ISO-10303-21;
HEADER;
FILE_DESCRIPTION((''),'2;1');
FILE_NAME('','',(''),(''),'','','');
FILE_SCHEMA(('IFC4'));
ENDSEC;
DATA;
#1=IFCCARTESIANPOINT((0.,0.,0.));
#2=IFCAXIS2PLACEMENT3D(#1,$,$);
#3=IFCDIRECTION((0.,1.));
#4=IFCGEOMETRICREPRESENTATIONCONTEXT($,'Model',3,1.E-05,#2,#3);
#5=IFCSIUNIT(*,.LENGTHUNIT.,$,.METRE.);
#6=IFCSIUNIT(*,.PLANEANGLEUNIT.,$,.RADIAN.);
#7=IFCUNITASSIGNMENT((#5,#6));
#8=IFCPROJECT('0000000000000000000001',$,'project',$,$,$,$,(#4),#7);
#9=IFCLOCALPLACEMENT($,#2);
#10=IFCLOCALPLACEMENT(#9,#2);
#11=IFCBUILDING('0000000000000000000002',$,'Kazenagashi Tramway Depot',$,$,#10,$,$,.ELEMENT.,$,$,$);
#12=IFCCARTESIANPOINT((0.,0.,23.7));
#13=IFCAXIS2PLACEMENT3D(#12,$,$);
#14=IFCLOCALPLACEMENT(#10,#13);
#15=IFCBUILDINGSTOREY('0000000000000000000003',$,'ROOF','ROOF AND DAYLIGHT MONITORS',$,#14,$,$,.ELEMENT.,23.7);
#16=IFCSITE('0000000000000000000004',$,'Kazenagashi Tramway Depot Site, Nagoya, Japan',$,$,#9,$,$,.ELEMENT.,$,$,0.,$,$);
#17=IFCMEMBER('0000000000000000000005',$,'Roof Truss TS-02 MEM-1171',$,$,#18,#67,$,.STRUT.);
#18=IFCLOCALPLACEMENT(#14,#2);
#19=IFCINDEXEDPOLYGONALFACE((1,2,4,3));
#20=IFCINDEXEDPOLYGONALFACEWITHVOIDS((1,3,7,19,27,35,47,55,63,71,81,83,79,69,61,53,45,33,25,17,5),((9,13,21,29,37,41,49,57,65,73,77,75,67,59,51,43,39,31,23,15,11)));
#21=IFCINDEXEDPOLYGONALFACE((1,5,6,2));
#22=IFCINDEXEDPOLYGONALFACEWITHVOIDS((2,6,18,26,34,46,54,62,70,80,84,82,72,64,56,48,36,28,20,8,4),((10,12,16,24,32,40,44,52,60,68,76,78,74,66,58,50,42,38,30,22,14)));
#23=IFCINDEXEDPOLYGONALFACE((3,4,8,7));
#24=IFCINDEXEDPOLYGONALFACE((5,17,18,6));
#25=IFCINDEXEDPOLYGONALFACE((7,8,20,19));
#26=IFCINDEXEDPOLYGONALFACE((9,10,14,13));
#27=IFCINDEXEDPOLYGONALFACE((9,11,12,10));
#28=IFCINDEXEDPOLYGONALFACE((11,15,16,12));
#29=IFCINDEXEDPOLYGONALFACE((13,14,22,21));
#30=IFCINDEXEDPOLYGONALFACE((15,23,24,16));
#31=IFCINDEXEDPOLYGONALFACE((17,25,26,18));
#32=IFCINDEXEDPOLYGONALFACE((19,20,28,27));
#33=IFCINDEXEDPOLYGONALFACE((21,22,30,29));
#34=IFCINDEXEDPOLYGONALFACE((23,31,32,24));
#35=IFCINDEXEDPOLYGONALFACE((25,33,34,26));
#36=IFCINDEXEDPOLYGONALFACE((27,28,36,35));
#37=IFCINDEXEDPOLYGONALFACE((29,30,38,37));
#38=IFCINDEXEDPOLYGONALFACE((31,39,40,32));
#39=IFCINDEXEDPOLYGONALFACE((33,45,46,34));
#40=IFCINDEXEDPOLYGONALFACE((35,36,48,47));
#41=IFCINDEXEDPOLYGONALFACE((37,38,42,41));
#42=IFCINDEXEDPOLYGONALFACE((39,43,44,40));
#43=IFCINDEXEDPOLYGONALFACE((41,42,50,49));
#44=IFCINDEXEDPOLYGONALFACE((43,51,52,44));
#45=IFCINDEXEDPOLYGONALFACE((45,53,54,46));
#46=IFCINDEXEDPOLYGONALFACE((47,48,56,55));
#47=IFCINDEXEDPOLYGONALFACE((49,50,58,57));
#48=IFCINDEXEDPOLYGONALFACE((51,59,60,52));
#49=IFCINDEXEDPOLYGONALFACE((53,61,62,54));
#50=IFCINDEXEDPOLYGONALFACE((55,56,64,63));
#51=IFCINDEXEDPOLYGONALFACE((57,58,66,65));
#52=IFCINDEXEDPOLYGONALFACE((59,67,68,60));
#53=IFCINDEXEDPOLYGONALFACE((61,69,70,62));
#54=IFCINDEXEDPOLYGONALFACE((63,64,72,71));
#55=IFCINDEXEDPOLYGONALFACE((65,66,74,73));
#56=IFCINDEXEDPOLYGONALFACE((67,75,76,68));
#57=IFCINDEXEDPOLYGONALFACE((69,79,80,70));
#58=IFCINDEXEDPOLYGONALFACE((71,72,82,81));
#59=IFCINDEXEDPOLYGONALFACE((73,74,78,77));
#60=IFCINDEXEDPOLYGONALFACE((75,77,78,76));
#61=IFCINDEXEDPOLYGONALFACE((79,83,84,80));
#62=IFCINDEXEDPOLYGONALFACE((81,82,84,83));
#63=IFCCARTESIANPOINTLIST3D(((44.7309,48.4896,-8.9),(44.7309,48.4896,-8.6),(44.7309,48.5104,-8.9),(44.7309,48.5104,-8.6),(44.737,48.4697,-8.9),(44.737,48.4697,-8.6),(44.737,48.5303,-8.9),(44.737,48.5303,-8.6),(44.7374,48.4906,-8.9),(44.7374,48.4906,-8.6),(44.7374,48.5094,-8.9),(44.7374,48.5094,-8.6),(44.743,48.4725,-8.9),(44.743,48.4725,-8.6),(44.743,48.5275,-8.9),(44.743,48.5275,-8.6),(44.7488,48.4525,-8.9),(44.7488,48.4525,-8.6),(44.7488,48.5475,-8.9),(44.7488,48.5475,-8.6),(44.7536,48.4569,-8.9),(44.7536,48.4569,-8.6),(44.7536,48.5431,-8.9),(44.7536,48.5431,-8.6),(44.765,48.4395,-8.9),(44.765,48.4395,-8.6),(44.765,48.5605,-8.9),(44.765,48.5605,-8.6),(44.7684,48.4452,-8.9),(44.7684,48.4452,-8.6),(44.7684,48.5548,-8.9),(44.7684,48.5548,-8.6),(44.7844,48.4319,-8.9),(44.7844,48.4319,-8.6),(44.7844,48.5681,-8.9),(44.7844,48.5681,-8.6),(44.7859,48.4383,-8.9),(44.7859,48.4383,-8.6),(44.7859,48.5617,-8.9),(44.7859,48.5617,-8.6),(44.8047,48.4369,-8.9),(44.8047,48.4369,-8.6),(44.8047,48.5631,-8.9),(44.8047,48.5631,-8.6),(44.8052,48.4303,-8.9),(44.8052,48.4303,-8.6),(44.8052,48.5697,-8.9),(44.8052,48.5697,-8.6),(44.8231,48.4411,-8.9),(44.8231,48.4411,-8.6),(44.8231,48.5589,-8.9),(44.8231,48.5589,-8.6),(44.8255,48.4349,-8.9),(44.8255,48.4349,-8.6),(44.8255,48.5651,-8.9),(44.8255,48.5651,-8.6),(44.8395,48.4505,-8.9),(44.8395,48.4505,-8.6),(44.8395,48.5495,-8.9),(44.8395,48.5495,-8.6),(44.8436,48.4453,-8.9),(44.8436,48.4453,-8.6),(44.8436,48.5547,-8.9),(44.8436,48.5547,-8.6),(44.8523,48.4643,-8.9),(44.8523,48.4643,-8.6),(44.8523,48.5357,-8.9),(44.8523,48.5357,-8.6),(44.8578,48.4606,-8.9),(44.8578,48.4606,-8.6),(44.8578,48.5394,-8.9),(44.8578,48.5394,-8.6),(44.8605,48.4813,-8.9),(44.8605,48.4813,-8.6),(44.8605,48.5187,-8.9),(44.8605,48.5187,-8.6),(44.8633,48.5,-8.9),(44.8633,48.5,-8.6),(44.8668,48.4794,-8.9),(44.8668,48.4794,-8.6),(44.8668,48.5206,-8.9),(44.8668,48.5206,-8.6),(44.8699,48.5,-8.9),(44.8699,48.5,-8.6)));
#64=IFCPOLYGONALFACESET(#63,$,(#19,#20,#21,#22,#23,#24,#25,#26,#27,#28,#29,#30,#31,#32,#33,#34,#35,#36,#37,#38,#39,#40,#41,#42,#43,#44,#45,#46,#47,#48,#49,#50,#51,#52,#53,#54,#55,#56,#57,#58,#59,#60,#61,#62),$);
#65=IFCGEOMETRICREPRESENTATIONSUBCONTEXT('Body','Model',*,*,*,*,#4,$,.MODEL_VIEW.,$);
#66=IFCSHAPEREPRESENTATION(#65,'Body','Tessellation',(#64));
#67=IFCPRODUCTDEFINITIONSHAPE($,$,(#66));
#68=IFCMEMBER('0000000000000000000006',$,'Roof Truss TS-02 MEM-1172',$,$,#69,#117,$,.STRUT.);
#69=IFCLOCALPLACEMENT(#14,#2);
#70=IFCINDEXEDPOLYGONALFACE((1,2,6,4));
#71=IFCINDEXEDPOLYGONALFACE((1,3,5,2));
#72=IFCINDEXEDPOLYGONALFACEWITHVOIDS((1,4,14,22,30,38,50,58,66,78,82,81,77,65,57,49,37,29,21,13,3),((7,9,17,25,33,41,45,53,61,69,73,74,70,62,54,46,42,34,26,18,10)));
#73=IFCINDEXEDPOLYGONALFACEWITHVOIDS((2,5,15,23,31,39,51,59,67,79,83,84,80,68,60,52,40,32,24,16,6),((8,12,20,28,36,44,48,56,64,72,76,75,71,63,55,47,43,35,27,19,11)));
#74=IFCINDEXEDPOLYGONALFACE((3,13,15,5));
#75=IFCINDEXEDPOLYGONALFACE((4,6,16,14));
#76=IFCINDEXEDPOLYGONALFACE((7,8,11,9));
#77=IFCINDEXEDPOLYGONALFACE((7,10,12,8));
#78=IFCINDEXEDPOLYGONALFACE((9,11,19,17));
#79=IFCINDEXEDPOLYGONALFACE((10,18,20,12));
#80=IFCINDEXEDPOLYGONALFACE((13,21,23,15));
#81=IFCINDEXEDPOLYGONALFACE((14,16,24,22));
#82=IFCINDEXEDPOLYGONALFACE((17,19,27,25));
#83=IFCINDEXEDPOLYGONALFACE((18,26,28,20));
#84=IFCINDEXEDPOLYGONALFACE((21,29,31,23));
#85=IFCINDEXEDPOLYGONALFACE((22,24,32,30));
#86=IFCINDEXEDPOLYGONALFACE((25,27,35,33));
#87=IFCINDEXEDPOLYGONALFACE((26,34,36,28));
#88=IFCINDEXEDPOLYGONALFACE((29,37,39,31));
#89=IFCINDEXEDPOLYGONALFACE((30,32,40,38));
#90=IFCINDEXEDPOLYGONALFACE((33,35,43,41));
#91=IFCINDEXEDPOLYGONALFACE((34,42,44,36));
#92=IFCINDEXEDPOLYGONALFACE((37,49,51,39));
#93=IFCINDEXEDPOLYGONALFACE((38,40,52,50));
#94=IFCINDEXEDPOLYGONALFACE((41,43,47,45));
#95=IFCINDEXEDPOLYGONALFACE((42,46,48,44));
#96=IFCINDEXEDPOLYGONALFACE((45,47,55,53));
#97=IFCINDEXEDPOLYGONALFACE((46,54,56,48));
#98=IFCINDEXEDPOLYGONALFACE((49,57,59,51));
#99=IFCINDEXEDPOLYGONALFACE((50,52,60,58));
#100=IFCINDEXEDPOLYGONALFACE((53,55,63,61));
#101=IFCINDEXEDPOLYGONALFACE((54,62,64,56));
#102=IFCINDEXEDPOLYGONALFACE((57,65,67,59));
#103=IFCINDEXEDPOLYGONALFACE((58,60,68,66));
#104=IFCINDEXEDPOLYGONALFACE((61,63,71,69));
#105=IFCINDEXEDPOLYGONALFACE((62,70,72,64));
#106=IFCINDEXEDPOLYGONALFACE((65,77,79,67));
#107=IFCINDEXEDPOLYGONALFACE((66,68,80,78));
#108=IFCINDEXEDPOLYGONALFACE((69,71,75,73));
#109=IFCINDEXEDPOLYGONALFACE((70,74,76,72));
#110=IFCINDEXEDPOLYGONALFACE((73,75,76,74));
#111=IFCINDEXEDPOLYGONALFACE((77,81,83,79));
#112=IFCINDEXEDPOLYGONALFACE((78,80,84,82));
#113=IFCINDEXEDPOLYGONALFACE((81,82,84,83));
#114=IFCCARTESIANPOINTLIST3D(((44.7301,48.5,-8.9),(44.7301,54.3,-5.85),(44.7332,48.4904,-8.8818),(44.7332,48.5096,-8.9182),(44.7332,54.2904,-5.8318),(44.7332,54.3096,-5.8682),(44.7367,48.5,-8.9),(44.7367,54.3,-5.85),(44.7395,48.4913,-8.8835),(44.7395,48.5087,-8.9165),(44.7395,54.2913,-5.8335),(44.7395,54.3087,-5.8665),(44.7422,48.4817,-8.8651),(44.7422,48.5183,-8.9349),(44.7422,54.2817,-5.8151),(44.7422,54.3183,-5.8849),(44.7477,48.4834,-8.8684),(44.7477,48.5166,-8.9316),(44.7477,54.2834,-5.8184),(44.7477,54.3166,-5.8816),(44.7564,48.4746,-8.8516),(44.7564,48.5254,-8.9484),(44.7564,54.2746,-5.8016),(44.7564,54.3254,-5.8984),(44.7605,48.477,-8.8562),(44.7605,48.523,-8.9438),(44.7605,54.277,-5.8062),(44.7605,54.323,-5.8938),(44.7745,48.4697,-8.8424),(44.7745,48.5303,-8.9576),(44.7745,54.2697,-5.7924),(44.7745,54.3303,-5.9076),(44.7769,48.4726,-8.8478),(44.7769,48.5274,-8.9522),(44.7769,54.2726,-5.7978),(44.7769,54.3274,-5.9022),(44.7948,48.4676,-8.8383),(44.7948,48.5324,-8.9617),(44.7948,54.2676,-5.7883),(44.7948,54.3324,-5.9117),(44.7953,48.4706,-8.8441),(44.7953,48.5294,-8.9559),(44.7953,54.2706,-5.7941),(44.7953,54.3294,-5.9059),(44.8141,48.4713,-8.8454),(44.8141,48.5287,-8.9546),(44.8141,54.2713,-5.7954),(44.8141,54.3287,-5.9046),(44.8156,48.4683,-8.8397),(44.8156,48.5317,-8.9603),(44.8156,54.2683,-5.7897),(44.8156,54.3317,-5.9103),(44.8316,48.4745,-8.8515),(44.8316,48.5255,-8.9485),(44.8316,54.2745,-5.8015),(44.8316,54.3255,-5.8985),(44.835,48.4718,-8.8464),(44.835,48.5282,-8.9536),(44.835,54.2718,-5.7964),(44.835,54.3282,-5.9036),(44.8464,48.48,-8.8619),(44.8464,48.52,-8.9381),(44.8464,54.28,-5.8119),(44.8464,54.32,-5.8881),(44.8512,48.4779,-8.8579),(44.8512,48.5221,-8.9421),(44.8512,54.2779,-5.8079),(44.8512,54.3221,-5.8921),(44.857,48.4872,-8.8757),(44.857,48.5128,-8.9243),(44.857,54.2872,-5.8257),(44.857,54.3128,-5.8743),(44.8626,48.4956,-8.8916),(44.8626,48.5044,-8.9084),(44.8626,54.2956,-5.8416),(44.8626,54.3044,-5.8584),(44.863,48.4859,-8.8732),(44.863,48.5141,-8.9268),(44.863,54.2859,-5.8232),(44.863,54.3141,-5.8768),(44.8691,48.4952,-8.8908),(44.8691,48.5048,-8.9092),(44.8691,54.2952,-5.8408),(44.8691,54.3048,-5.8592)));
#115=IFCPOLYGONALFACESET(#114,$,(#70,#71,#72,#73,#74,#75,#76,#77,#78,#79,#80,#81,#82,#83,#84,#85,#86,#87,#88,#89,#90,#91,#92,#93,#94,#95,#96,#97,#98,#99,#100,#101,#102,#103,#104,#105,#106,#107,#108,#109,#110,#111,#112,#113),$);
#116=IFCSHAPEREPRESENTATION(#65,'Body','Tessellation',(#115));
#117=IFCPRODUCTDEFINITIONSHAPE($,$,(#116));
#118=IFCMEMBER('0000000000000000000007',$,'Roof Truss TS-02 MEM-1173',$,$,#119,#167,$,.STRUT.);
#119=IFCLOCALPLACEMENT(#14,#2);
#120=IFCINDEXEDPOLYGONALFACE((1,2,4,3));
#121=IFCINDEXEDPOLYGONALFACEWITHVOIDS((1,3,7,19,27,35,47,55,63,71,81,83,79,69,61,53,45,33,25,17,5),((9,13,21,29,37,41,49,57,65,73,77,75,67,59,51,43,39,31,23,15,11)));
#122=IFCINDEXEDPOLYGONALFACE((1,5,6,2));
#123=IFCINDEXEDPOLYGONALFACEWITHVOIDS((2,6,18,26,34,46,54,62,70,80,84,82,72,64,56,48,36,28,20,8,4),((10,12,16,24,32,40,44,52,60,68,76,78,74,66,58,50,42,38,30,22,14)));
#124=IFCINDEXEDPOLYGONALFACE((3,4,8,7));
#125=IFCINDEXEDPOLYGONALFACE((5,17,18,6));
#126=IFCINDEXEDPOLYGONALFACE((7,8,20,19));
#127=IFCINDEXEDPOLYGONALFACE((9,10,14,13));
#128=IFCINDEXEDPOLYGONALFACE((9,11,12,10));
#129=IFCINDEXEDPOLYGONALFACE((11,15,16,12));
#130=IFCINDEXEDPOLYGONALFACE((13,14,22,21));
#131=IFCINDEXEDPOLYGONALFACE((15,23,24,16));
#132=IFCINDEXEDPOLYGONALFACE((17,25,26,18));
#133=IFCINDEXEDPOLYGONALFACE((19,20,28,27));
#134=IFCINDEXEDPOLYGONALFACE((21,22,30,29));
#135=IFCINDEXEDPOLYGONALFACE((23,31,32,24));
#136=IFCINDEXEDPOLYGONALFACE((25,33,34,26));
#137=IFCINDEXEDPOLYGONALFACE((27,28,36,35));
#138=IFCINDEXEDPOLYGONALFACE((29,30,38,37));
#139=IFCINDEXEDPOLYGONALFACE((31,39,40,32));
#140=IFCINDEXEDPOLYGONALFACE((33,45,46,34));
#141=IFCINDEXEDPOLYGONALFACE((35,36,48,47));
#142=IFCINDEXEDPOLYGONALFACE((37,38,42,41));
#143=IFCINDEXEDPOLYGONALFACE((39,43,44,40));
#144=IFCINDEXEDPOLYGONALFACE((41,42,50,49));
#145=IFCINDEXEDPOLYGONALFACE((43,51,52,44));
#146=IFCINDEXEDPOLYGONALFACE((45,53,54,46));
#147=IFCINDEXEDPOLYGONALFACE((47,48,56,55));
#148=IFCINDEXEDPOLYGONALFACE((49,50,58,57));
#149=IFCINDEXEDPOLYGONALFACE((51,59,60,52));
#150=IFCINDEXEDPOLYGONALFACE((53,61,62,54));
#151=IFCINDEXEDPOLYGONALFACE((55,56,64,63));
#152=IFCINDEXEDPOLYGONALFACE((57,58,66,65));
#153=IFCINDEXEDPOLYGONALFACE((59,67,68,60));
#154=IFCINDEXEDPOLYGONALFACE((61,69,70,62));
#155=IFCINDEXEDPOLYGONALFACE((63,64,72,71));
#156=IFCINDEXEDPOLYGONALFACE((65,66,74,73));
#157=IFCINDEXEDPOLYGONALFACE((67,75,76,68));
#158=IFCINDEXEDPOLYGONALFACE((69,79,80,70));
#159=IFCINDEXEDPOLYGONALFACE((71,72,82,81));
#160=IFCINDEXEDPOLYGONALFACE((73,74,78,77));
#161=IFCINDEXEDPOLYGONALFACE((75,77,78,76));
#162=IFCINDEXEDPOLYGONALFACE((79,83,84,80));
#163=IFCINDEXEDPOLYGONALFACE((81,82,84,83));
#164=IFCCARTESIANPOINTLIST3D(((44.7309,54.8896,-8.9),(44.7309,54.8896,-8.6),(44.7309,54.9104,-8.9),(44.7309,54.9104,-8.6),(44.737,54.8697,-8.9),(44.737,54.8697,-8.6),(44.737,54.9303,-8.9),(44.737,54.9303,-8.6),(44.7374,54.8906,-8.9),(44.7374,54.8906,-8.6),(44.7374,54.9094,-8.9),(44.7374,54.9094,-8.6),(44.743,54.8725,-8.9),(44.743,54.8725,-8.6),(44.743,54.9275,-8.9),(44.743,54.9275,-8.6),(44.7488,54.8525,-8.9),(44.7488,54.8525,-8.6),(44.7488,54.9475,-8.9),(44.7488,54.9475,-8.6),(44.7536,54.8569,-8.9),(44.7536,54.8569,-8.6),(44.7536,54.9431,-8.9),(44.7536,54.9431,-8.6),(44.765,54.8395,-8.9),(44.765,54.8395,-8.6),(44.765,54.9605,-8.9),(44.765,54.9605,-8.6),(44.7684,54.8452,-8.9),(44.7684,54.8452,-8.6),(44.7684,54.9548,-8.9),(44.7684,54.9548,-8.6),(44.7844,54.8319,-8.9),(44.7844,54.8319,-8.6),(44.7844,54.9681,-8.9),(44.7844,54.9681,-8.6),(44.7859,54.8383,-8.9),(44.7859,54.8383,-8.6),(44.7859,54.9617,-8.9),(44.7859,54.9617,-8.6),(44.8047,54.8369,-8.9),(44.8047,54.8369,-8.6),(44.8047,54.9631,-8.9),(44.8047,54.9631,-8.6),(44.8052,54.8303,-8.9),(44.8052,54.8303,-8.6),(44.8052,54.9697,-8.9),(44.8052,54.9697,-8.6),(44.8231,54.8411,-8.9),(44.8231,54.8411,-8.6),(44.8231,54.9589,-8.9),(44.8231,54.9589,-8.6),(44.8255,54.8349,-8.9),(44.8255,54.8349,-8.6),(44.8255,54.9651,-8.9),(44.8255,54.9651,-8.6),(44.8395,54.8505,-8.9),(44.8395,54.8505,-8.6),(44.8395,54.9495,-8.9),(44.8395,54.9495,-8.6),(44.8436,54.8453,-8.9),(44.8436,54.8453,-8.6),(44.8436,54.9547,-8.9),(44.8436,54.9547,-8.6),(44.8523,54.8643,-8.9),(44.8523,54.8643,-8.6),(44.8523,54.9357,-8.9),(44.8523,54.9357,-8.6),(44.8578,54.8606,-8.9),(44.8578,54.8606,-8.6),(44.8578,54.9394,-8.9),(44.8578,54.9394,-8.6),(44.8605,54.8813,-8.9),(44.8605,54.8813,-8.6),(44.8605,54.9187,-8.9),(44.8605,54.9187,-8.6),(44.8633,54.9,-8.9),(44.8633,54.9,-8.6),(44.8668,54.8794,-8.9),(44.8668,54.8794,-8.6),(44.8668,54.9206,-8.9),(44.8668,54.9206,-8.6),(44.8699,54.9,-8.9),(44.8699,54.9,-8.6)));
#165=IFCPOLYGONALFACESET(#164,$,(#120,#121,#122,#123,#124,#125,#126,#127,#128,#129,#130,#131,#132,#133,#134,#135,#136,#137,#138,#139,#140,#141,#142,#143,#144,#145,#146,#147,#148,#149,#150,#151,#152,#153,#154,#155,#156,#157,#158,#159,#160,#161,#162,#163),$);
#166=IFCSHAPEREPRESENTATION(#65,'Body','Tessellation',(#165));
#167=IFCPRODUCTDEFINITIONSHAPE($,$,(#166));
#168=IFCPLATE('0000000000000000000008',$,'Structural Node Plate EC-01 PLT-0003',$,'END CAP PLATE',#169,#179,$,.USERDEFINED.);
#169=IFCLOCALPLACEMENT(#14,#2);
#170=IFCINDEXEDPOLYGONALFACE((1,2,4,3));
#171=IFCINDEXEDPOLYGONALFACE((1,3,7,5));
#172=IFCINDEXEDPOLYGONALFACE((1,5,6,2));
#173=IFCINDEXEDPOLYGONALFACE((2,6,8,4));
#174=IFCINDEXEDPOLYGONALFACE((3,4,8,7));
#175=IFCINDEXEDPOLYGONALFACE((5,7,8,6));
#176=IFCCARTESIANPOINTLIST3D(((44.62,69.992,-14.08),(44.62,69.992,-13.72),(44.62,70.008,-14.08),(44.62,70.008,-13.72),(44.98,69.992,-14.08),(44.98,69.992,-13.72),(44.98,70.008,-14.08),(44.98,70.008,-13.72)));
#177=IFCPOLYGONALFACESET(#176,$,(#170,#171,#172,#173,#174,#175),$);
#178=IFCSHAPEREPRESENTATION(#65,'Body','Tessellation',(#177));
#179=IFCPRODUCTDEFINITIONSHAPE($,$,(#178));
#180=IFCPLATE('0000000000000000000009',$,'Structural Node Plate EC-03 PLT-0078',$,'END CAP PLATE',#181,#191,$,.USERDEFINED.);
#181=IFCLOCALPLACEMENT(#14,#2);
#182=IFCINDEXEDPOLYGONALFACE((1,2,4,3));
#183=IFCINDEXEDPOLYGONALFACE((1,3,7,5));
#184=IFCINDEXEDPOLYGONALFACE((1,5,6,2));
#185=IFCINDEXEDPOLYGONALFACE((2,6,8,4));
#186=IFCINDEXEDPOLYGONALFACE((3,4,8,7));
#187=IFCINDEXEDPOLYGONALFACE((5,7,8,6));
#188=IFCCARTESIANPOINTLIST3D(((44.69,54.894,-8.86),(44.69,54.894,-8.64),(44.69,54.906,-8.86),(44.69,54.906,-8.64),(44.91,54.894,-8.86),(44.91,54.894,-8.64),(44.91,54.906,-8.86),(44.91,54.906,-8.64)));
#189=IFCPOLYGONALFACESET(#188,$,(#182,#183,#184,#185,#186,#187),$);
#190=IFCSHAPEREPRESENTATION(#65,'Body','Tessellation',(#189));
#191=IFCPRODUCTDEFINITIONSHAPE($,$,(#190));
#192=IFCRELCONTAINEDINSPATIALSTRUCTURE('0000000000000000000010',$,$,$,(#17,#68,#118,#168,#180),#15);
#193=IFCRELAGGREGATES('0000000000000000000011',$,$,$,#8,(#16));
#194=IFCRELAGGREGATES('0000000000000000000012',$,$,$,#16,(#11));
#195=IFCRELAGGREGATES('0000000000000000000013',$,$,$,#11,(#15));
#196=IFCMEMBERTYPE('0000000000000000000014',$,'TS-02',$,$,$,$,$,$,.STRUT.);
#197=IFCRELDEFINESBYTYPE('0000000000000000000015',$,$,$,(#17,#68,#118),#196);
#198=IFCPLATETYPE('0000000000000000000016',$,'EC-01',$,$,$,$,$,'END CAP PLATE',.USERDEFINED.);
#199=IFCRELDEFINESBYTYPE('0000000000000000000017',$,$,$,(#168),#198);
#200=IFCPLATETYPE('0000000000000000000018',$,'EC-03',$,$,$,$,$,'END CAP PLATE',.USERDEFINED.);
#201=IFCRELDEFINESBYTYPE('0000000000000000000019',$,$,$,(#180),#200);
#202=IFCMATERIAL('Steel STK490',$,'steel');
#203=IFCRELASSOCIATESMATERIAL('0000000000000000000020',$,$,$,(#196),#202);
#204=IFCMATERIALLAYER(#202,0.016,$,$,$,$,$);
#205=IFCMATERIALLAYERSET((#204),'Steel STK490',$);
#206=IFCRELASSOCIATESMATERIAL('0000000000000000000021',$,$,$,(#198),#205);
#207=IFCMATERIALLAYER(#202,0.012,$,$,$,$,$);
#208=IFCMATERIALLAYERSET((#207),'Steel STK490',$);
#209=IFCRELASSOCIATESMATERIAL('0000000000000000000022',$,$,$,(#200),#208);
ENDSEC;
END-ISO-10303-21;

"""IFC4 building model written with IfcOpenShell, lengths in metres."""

from ifc_helpers import new_model, si_unit, direction, frame, origin, origin_2d, place, context, subcontext, project, spatial, rectangle, hollow_circle, extrude, material, layer, layer_set, material_profile, profile_set, type_object, element, save


model = new_model("IFC4")

# Units and contexts
model_context = context("Model", 3, precision=1e-05, world=origin(), true_north=direction((0.0, 1.0)))
body_context = subcontext(model_context, "Body", "Model", "MODEL_VIEW")
ifc_project = project(units=[si_unit("LENGTHUNIT", "METRE"), si_unit("PLANEANGLEUNIT", "RADIAN")], contexts=[model_context])

# Site, building, storey
site_placement = place(None, origin())
site = spatial("IfcSite", under=ifc_project, at=site_placement, Name="Kazenagashi Tramway Depot Site, Nagoya, Japan", CompositionType="ELEMENT", RefElevation=0.0)
building_placement = place(site_placement, origin())
building = spatial("IfcBuilding", under=site, at=building_placement, Name="Kazenagashi Tramway Depot", CompositionType="ELEMENT")
storey_placement = place(building_placement, frame((0.0, 0.0, 23.7)))
storey = spatial("IfcBuildingStorey", under=building, at=storey_placement, Name="ROOF", Description="ROOF AND DAYLIGHT MONITORS", CompositionType="ELEMENT", Elevation=23.7)

# Members
ifc_material_1 = material(Name="Steel STK490", Category="steel")
ifc_material_profile_1 = material_profile(ifc_material_1, hollow_circle(Radius=0.0699, WallThickness=0.0066, at=origin_2d()), Name="CHS-139.8x6.6")
ifc_profile_set_1 = profile_set([ifc_material_profile_1], Name="Steel STK490")
member_type_1 = type_object("IfcMemberType", Name="TS-02", PredefinedType="STRUT", material=ifc_profile_set_1)
member_1_placement = place(storey_placement, frame((44.8, 48.5, -8.9), z_axis=(0.0, 0.0, 1.0), x_axis=(1.0, 0.0, 0.0)))
element("IfcMember", 1, at=member_1_placement, inside=storey, type_object=member_type_1, Name="Roof Truss TS-02 MEM-1171", PredefinedType="STRUT", context=body_context, shape_type="SweptSolid", body=[
    extrude(hollow_circle(Radius=0.0699, WallThickness=0.0066, at=origin_2d()), origin(), (0.0, 0.0, 1.0), 0.3),
])
member_2_placement = place(storey_placement, frame((44.8, 48.5, -8.9), z_axis=(0.0, 0.885084, 0.465432), x_axis=(-1.0, 0.0, 0.0)))
element("IfcMember", 2, at=member_2_placement, inside=storey, type_object=member_type_1, Name="Roof Truss TS-02 MEM-1172", PredefinedType="STRUT", context=body_context, shape_type="SweptSolid", body=[
    extrude(hollow_circle(Radius=0.0699, WallThickness=0.0066, at=origin_2d()), origin(), (0.0, 0.0, 1.0), 6.5531),
])
member_3_placement = place(storey_placement, frame((44.8, 54.9, -8.9), z_axis=(0.0, 0.0, 1.0), x_axis=(1.0, 0.0, 0.0)))
element("IfcMember", 3, at=member_3_placement, inside=storey, type_object=member_type_1, Name="Roof Truss TS-02 MEM-1173", PredefinedType="STRUT", context=body_context, shape_type="SweptSolid", body=[
    extrude(hollow_circle(Radius=0.0699, WallThickness=0.0066, at=origin_2d()), origin(), (0.0, 0.0, 1.0), 0.3),
])

# Plates
ifc_layer_1 = layer(ifc_material_1, 0.016)
ifc_layer_set_1 = layer_set([ifc_layer_1], Name="Steel STK490")
plate_type_1 = type_object("IfcPlateType", Name="EC-01", ElementType="END CAP PLATE", PredefinedType="USERDEFINED", material=ifc_layer_set_1)
plate_1_placement = place(storey_placement, frame((44.8, 70.0, -14.08), z_axis=(0.0, 0.0, 1.0), x_axis=(1.0, 0.0, 0.0)))
element("IfcPlate", 4, at=plate_1_placement, inside=storey, type_object=plate_type_1, Name="Structural Node Plate EC-01 PLT-0003", ObjectType="END CAP PLATE", PredefinedType="USERDEFINED", context=body_context, shape_type="SweptSolid", body=[
    extrude(rectangle(XDim=0.36, YDim=0.016, at=origin_2d()), origin(), (0.0, 0.0, 1.0), 0.36),
])
ifc_layer_2 = layer(ifc_material_1, 0.012)
ifc_layer_set_2 = layer_set([ifc_layer_2], Name="Steel STK490")
plate_type_2 = type_object("IfcPlateType", Name="EC-03", ElementType="END CAP PLATE", PredefinedType="USERDEFINED", material=ifc_layer_set_2)
plate_2_placement = place(storey_placement, frame((44.8, 54.9, -8.86), z_axis=(0.0, 0.0, 1.0), x_axis=(1.0, 0.0, 0.0)))
element("IfcPlate", 5, at=plate_2_placement, inside=storey, type_object=plate_type_2, Name="Structural Node Plate EC-03 PLT-0078", ObjectType="END CAP PLATE", PredefinedType="USERDEFINED", context=body_context, shape_type="SweptSolid", body=[
    extrude(rectangle(XDim=0.22, YDim=0.012, at=origin_2d()), origin(), (0.0, 0.0, 1.0), 0.22),
])

save(model, "model.ifc")
